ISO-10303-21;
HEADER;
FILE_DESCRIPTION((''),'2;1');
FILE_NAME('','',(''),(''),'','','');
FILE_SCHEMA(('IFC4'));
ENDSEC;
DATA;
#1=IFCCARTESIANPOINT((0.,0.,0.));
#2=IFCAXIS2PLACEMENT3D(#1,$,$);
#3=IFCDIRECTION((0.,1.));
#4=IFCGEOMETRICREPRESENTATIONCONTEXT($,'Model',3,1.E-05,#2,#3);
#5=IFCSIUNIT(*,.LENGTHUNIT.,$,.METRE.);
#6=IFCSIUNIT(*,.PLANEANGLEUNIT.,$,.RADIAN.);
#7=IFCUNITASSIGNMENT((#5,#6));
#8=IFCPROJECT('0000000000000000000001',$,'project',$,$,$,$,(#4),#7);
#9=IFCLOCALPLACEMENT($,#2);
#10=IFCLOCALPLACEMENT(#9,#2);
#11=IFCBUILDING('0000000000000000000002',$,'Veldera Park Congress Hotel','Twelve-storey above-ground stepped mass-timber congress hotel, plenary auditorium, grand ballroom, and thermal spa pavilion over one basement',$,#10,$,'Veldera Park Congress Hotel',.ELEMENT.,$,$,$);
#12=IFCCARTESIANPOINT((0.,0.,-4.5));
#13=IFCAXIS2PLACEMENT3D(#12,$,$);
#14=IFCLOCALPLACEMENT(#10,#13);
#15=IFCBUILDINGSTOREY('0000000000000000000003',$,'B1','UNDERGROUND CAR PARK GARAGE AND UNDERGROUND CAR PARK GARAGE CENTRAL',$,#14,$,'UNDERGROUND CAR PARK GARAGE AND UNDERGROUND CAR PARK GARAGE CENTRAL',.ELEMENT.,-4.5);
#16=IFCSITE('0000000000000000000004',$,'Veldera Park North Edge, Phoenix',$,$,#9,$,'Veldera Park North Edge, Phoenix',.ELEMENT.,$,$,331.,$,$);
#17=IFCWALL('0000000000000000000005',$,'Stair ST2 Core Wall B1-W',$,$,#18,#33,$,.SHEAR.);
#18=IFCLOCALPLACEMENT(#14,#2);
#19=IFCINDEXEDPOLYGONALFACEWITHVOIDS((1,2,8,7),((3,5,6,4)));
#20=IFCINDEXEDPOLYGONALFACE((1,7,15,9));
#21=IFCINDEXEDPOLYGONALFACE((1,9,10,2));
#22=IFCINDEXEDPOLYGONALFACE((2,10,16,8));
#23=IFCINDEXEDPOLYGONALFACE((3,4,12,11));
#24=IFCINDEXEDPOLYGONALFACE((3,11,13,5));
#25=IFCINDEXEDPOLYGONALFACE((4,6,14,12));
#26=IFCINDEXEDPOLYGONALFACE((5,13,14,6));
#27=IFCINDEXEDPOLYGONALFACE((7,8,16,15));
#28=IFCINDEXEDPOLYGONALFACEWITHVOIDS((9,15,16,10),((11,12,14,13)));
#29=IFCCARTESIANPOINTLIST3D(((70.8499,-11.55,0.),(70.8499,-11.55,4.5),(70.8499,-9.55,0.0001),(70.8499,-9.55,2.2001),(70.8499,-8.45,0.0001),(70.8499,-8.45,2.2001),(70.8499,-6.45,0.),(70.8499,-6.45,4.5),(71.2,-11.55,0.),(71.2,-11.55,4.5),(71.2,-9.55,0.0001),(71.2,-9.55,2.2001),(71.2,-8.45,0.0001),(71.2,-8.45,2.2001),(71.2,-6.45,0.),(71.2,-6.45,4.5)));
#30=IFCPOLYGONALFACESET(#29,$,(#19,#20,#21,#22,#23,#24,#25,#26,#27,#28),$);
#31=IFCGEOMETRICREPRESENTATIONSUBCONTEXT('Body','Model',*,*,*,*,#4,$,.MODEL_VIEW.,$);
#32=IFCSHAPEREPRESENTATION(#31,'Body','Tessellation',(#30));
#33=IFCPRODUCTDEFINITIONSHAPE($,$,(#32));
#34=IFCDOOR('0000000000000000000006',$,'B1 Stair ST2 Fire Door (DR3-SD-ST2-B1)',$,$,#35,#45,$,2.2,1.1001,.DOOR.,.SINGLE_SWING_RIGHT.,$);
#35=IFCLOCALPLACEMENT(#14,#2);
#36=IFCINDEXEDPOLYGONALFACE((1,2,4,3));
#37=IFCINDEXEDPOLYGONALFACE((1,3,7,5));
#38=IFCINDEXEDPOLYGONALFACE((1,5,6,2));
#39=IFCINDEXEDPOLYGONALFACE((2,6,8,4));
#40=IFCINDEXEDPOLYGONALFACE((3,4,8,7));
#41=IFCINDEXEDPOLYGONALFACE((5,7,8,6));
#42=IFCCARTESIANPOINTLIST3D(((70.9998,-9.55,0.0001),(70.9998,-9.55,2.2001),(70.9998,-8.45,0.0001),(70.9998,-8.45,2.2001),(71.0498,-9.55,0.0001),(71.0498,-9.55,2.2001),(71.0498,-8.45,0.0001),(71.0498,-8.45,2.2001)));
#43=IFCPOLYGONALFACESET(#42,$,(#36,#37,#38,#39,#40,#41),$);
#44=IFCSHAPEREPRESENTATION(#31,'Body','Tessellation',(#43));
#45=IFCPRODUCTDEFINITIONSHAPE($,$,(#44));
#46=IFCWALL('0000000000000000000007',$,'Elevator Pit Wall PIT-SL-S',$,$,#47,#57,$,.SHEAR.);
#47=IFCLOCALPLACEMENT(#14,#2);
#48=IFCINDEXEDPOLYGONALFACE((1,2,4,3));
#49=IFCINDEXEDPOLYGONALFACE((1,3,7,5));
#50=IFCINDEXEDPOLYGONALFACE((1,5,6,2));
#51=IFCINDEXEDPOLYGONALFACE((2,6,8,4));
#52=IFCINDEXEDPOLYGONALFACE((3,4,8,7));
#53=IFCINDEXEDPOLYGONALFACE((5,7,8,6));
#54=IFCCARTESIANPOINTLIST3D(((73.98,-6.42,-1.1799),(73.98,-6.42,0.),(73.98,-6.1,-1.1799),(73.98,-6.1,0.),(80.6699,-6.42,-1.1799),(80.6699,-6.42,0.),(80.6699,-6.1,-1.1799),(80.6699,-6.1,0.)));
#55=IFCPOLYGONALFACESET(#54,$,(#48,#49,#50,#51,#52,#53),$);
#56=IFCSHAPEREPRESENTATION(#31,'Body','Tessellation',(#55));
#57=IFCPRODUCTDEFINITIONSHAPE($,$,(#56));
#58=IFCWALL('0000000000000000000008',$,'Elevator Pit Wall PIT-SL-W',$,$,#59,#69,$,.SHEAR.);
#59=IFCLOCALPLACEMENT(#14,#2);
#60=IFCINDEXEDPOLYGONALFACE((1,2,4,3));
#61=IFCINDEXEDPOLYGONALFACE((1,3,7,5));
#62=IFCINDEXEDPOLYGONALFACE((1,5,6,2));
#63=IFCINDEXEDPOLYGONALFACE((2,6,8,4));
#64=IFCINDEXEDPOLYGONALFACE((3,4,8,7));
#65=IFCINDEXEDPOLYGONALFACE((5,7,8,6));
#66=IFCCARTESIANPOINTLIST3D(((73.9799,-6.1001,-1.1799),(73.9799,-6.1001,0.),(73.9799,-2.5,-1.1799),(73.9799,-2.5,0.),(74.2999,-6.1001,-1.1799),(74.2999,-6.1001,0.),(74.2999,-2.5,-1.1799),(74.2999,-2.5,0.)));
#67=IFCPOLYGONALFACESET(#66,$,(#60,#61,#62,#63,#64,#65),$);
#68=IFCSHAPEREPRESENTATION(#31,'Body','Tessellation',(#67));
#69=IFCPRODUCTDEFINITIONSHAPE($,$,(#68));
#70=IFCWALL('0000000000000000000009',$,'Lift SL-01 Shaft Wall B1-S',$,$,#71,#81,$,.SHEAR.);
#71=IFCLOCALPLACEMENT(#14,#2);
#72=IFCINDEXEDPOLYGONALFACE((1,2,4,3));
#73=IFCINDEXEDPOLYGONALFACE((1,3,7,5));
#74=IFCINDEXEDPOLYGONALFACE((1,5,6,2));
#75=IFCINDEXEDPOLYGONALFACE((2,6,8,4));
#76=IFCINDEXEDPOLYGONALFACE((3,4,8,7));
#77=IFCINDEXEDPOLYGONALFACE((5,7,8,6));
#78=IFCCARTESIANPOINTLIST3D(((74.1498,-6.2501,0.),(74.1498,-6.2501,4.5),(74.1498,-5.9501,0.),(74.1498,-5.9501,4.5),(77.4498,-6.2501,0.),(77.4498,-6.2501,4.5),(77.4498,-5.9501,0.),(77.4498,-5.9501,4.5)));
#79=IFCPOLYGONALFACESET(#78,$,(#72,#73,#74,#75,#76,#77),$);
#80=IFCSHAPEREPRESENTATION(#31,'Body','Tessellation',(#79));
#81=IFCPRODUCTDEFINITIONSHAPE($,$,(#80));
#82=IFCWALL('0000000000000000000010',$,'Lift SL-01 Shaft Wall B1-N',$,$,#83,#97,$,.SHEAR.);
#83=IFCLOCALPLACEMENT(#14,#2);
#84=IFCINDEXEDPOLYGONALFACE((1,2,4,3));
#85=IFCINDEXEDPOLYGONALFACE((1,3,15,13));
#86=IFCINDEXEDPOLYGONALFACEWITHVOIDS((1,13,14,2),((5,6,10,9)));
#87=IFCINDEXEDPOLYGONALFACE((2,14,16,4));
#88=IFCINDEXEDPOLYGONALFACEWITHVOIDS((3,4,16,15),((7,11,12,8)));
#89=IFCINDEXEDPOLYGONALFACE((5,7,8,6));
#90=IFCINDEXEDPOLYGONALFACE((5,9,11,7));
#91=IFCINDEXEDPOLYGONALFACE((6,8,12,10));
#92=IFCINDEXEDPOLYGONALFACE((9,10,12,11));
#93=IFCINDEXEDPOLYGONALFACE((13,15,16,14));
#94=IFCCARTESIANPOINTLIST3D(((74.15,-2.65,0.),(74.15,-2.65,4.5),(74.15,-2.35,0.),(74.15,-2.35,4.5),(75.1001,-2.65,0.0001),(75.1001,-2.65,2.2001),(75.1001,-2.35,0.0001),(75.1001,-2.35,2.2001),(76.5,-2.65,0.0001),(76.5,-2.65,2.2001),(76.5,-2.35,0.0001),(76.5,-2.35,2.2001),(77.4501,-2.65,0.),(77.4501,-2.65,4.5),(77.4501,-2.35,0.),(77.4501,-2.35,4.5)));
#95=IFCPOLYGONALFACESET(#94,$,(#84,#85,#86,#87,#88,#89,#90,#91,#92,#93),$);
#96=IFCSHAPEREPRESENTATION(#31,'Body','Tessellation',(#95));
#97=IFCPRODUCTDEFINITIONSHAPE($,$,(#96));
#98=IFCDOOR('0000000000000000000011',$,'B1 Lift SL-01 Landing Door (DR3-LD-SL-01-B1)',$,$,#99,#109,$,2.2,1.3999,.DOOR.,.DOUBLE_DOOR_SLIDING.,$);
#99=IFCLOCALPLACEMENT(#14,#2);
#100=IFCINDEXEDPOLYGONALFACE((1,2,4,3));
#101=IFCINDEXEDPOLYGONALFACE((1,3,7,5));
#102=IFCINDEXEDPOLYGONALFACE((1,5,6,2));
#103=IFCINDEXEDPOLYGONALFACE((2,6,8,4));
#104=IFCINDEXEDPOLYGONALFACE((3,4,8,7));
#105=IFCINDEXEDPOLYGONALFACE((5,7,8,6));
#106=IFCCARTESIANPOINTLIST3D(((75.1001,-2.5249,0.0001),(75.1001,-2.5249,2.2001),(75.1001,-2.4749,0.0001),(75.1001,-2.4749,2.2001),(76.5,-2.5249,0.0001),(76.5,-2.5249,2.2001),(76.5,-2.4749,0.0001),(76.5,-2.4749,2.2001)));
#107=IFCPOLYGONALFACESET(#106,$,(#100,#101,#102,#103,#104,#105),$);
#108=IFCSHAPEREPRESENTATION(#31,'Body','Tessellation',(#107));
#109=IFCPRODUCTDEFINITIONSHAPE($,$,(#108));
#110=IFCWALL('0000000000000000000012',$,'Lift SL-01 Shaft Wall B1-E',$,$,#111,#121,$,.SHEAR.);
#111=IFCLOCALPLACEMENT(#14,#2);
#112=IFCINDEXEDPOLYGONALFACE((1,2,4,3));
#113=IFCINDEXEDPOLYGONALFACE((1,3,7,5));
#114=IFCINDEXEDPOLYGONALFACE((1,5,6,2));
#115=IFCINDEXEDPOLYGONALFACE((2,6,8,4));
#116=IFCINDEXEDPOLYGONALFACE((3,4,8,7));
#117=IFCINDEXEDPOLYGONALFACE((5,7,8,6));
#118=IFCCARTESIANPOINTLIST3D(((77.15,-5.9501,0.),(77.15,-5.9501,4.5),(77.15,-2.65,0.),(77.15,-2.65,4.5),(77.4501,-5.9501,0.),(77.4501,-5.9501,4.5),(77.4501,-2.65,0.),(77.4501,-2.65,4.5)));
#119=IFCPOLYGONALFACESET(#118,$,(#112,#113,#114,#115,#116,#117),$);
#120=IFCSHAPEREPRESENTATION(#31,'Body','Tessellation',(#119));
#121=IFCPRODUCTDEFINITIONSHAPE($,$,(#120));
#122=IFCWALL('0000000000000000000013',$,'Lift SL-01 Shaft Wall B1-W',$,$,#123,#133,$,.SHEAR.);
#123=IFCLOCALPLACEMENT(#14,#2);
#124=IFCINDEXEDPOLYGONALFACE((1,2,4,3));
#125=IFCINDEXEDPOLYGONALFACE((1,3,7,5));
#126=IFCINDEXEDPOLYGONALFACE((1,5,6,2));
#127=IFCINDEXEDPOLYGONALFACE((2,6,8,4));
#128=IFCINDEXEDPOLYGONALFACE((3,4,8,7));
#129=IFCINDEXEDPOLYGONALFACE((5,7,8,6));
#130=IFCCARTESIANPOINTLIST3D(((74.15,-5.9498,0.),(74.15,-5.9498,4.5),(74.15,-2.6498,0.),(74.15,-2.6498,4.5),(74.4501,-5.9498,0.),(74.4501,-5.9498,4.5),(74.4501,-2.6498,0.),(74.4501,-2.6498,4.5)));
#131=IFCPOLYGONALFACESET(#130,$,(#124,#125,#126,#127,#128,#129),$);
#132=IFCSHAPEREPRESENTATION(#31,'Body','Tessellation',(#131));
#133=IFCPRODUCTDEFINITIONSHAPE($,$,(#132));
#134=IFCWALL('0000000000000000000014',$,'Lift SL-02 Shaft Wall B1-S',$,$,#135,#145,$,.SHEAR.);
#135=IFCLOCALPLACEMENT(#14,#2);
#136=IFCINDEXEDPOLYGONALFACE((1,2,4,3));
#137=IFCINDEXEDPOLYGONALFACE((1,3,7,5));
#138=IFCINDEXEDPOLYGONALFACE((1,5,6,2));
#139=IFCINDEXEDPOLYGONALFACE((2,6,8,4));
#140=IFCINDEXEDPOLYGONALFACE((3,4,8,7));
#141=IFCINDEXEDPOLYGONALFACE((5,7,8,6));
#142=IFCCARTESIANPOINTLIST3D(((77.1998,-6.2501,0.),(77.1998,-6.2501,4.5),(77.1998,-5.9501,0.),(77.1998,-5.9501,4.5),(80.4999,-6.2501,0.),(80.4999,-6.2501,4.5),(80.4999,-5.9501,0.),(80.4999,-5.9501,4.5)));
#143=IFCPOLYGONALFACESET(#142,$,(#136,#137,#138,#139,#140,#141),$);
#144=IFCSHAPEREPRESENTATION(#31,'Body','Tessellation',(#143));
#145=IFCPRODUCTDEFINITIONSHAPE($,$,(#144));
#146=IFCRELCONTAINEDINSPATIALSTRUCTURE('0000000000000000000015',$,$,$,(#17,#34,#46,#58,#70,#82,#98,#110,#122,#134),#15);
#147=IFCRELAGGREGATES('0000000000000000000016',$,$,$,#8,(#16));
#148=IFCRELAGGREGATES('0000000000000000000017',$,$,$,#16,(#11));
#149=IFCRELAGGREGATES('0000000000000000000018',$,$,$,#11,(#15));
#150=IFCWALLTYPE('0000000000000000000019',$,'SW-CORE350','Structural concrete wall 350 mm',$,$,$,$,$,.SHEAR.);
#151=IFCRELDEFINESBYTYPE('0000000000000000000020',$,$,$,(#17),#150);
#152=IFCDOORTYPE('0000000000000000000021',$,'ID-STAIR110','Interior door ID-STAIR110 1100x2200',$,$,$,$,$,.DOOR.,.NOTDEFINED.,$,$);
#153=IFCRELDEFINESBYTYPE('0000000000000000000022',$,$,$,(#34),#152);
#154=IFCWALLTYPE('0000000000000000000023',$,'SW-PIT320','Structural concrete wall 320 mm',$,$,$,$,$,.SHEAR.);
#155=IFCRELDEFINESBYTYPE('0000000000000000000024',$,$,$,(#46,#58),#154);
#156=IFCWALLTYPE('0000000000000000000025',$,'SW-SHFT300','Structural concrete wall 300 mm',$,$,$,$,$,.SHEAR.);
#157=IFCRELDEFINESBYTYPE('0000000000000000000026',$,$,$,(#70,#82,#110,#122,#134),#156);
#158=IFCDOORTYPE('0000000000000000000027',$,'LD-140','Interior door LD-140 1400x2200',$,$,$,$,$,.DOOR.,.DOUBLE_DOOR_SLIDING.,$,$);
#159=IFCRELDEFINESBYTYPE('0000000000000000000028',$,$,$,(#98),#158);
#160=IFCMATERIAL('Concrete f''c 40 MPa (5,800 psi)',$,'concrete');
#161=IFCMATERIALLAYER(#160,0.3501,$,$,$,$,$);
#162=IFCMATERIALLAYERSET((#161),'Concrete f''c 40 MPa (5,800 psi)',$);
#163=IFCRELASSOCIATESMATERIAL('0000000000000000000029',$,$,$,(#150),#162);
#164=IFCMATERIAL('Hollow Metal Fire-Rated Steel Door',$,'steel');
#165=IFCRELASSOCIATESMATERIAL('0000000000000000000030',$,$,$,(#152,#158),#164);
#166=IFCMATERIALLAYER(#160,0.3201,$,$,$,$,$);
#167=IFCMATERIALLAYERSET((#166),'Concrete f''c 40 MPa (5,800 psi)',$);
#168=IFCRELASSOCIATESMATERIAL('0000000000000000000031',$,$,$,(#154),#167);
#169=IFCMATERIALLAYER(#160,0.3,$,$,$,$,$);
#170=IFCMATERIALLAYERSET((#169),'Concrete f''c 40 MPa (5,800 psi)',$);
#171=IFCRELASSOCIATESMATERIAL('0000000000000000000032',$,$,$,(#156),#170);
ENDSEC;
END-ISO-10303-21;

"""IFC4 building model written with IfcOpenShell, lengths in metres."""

from ifc_helpers import new_model, si_unit, direction, frame, frame_2d, origin, place, context, subcontext, project, spatial, rectangle, extrude, material, layer, layer_set, type_object, element, fill, save


model = new_model("IFC4")

# Units and contexts
model_context = context("Model", 3, precision=1e-05, world=origin(), true_north=direction((0.0, 1.0)))
body_context = subcontext(model_context, "Body", "Model", "MODEL_VIEW")
ifc_project = project(units=[si_unit("LENGTHUNIT", "METRE"), si_unit("PLANEANGLEUNIT", "RADIAN")], contexts=[model_context])

# Site, building, storey
site_placement = place(None, origin())
site = spatial("IfcSite", under=ifc_project, at=site_placement, Name="Veldera Park North Edge, Phoenix", LongName="Veldera Park North Edge, Phoenix", CompositionType="ELEMENT", RefElevation=331.0)
building_placement = place(site_placement, origin())
building = spatial("IfcBuilding", under=site, at=building_placement, Name="Veldera Park Congress Hotel", Description="Twelve-storey above-ground stepped mass-timber congress hotel, plenary auditorium, grand ballroom, and thermal spa pavilion over one basement", LongName="Veldera Park Congress Hotel", CompositionType="ELEMENT")
storey_placement = place(building_placement, frame((0.0, 0.0, -4.5)))
storey = spatial("IfcBuildingStorey", under=building, at=storey_placement, Name="B1", Description="UNDERGROUND CAR PARK GARAGE AND UNDERGROUND CAR PARK GARAGE CENTRAL", LongName="UNDERGROUND CAR PARK GARAGE AND UNDERGROUND CAR PARK GARAGE CENTRAL", CompositionType="ELEMENT", Elevation=-4.5)

# Shared definitions
ifc_material_1 = material(Name="Concrete f'c 40 MPa (5,800 psi)", Category="concrete")

# Wall, opening, door
ifc_layer_1 = layer(ifc_material_1, 0.3501)
ifc_layer_set_1 = layer_set([ifc_layer_1], Name="Concrete f'c 40 MPa (5,800 psi)")
wall_type_1 = type_object("IfcWallType", Name="SW-CORE350", Description="Structural concrete wall 350 mm", PredefinedType="SHEAR", material=ifc_layer_set_1)
wall_1_placement = place(storey_placement, frame((71.0249, -6.45, 0.0), z_axis=(0.0, 0.0, 1.0), x_axis=(0.0, -1.0, 0.0)))
wall_1 = element("IfcWall", 1, at=wall_1_placement, inside=storey, type_object=wall_type_1, Name="Stair ST2 Core Wall B1-W", PredefinedType="SHEAR", context=body_context, shape_type="SweptSolid", body=[
    extrude(rectangle(XDim=5.1001, YDim=0.3501, at=frame_2d((2.55, 0.0))), origin(), (0.0, 0.0, 1.0), 4.5),
])
opening_1_placement = place(wall_1_placement, frame((2.0, 0.0, 0.0)))
opening_1 = element("IfcOpeningElement", 2, at=opening_1_placement, cuts=wall_1, PredefinedType="OPENING", context=body_context, shape_type="SweptSolid", body=[
    extrude(rectangle(XDim=1.1001, YDim=2.2, at=frame_2d((0.55, 1.1001))), frame((0.0, 0.187, 0.0), z_axis=(0.0, -1.0, 0.0), x_axis=(1.0, 0.0, 0.0)), (0.0, 0.0, 1.0), 0.374),
])
ifc_material_2 = material(Name="Hollow Metal Fire-Rated Steel Door", Category="steel")
door_type_1 = type_object("IfcDoorType", Name="ID-STAIR110", Description="Interior door ID-STAIR110 1100x2200", OperationType="NOTDEFINED", PredefinedType="DOOR", material=ifc_material_2)
door_1_placement = place(opening_1_placement, origin())
door_1 = element("IfcDoor", 3, at=door_1_placement, inside=storey, type_object=door_type_1, Name="B1 Stair ST2 Fire Door (DR3-SD-ST2-B1)", OperationType="SINGLE_SWING_RIGHT", OverallHeight=2.2, OverallWidth=1.1001, PredefinedType="DOOR", context=body_context, shape_type="SweptSolid", body=[
    extrude(rectangle(XDim=1.1001, YDim=2.2, at=frame_2d((0.55, 1.1001))), frame((0.0, 0.0249, 0.0), z_axis=(0.0, -1.0, 0.0), x_axis=(1.0, 0.0, 0.0)), (0.0, 0.0, 1.0), 0.05),
])
fill(opening_1, door_1)

# Walls
ifc_layer_2 = layer(ifc_material_1, 0.3201)
ifc_layer_set_2 = layer_set([ifc_layer_2], Name="Concrete f'c 40 MPa (5,800 psi)")
wall_type_2 = type_object("IfcWallType", Name="SW-PIT320", Description="Structural concrete wall 320 mm", PredefinedType="SHEAR", material=ifc_layer_set_2)
wall_2_placement = place(storey_placement, frame((73.98, -6.26, -1.1799), z_axis=(0.0, 0.0, 1.0), x_axis=(1.0, 0.0, 0.0)))
element("IfcWall", 4, at=wall_2_placement, inside=storey, type_object=wall_type_2, Name="Elevator Pit Wall PIT-SL-S", PredefinedType="SHEAR", context=body_context, shape_type="SweptSolid", body=[
    extrude(rectangle(XDim=6.6899, YDim=0.3201, at=frame_2d((3.345, 0.0))), origin(), (0.0, 0.0, 1.0), 1.1799),
])
wall_3_placement = place(storey_placement, frame((74.1399, -2.5, -1.1799), z_axis=(0.0, 0.0, 1.0), x_axis=(0.0, -1.0, 0.0)))
element("IfcWall", 5, at=wall_3_placement, inside=storey, type_object=wall_type_2, Name="Elevator Pit Wall PIT-SL-W", PredefinedType="SHEAR", context=body_context, shape_type="SweptSolid", body=[
    extrude(rectangle(XDim=3.6001, YDim=0.3201, at=frame_2d((1.8, 0.0))), origin(), (0.0, 0.0, 1.0), 1.1799),
])
ifc_layer_3 = layer(ifc_material_1, 0.3)
ifc_layer_set_3 = layer_set([ifc_layer_3], Name="Concrete f'c 40 MPa (5,800 psi)")
wall_type_3 = type_object("IfcWallType", Name="SW-SHFT300", Description="Structural concrete wall 300 mm", PredefinedType="SHEAR", material=ifc_layer_set_3)
wall_4_placement = place(storey_placement, frame((74.1499, -6.1001, 0.0), z_axis=(0.0, 0.0, 1.0), x_axis=(1.0, 0.0, 0.0)))
element("IfcWall", 6, at=wall_4_placement, inside=storey, type_object=wall_type_3, Name="Lift SL-01 Shaft Wall B1-S", PredefinedType="SHEAR", context=body_context, shape_type="SweptSolid", body=[
    extrude(rectangle(XDim=3.3, YDim=0.3, at=frame_2d((1.6499, 0.0))), origin(), (0.0, 0.0, 1.0), 4.5),
])

# Wall, opening, door
wall_5_placement = place(storey_placement, frame((77.45, -2.5, 0.0), z_axis=(0.0, 0.0, 1.0), x_axis=(-1.0, 0.0, 0.0)))
wall_5 = element("IfcWall", 7, at=wall_5_placement, inside=storey, type_object=wall_type_3, Name="Lift SL-01 Shaft Wall B1-N", PredefinedType="SHEAR", context=body_context, shape_type="SweptSolid", body=[
    extrude(rectangle(XDim=3.3, YDim=0.3, at=frame_2d((1.6499, 0.0))), origin(), (0.0, 0.0, 1.0), 4.5),
])
opening_2_placement = place(wall_5_placement, frame((0.95, 0.0, 0.0)))
opening_2 = element("IfcOpeningElement", 8, at=opening_2_placement, cuts=wall_5, PredefinedType="OPENING", context=body_context, shape_type="SweptSolid", body=[
    extrude(rectangle(XDim=1.3999, YDim=2.2, at=frame_2d((0.7, 1.1001))), frame((0.0, 0.1621, 0.0), z_axis=(0.0, -1.0, 0.0), x_axis=(1.0, 0.0, 0.0)), (0.0, 0.0, 1.0), 0.324),
])
door_type_2 = type_object("IfcDoorType", Name="LD-140", Description="Interior door LD-140 1400x2200", OperationType="DOUBLE_DOOR_SLIDING", PredefinedType="DOOR", material=ifc_material_2)
door_2_placement = place(opening_2_placement, origin())
door_2 = element("IfcDoor", 9, at=door_2_placement, inside=storey, type_object=door_type_2, Name="B1 Lift SL-01 Landing Door (DR3-LD-SL-01-B1)", OperationType="DOUBLE_DOOR_SLIDING", OverallHeight=2.2, OverallWidth=1.3999, PredefinedType="DOOR", context=body_context, shape_type="SweptSolid", body=[
    extrude(rectangle(XDim=1.3999, YDim=2.2, at=frame_2d((0.7, 1.1001))), frame((0.0, 0.0249, 0.0), z_axis=(0.0, -1.0, 0.0), x_axis=(1.0, 0.0, 0.0)), (0.0, 0.0, 1.0), 0.05),
])
fill(opening_2, door_2)

# Walls
for number, where, z_axis, x_axis, name in (
    (10, (77.3, -5.95, 0.0), (0.0, 0.0, 1.0), (0.0, 1.0, 0.0), "Lift SL-01 Shaft Wall B1-E"),
    (11, (74.3, -2.6499, 0.0), (0.0, 0.0, 1.0), (0.0, -1.0, 0.0), "Lift SL-01 Shaft Wall B1-W"),
    (12, (77.2, -6.1001, 0.0), (0.0, 0.0, 1.0), (1.0, 0.0, 0.0), "Lift SL-02 Shaft Wall B1-S"),
):
    element("IfcWall", number, at=place(storey_placement, frame(where, z_axis=z_axis, x_axis=x_axis)), inside=storey, type_object=wall_type_3, Name=name, PredefinedType="SHEAR", context=body_context, shape_type="SweptSolid", body=[
        extrude(rectangle(XDim=3.3, YDim=0.3, at=frame_2d((1.6499, 0.0))), origin(), (0.0, 0.0, 1.0), 4.5),
    ])

save(model, "model.ifc")
